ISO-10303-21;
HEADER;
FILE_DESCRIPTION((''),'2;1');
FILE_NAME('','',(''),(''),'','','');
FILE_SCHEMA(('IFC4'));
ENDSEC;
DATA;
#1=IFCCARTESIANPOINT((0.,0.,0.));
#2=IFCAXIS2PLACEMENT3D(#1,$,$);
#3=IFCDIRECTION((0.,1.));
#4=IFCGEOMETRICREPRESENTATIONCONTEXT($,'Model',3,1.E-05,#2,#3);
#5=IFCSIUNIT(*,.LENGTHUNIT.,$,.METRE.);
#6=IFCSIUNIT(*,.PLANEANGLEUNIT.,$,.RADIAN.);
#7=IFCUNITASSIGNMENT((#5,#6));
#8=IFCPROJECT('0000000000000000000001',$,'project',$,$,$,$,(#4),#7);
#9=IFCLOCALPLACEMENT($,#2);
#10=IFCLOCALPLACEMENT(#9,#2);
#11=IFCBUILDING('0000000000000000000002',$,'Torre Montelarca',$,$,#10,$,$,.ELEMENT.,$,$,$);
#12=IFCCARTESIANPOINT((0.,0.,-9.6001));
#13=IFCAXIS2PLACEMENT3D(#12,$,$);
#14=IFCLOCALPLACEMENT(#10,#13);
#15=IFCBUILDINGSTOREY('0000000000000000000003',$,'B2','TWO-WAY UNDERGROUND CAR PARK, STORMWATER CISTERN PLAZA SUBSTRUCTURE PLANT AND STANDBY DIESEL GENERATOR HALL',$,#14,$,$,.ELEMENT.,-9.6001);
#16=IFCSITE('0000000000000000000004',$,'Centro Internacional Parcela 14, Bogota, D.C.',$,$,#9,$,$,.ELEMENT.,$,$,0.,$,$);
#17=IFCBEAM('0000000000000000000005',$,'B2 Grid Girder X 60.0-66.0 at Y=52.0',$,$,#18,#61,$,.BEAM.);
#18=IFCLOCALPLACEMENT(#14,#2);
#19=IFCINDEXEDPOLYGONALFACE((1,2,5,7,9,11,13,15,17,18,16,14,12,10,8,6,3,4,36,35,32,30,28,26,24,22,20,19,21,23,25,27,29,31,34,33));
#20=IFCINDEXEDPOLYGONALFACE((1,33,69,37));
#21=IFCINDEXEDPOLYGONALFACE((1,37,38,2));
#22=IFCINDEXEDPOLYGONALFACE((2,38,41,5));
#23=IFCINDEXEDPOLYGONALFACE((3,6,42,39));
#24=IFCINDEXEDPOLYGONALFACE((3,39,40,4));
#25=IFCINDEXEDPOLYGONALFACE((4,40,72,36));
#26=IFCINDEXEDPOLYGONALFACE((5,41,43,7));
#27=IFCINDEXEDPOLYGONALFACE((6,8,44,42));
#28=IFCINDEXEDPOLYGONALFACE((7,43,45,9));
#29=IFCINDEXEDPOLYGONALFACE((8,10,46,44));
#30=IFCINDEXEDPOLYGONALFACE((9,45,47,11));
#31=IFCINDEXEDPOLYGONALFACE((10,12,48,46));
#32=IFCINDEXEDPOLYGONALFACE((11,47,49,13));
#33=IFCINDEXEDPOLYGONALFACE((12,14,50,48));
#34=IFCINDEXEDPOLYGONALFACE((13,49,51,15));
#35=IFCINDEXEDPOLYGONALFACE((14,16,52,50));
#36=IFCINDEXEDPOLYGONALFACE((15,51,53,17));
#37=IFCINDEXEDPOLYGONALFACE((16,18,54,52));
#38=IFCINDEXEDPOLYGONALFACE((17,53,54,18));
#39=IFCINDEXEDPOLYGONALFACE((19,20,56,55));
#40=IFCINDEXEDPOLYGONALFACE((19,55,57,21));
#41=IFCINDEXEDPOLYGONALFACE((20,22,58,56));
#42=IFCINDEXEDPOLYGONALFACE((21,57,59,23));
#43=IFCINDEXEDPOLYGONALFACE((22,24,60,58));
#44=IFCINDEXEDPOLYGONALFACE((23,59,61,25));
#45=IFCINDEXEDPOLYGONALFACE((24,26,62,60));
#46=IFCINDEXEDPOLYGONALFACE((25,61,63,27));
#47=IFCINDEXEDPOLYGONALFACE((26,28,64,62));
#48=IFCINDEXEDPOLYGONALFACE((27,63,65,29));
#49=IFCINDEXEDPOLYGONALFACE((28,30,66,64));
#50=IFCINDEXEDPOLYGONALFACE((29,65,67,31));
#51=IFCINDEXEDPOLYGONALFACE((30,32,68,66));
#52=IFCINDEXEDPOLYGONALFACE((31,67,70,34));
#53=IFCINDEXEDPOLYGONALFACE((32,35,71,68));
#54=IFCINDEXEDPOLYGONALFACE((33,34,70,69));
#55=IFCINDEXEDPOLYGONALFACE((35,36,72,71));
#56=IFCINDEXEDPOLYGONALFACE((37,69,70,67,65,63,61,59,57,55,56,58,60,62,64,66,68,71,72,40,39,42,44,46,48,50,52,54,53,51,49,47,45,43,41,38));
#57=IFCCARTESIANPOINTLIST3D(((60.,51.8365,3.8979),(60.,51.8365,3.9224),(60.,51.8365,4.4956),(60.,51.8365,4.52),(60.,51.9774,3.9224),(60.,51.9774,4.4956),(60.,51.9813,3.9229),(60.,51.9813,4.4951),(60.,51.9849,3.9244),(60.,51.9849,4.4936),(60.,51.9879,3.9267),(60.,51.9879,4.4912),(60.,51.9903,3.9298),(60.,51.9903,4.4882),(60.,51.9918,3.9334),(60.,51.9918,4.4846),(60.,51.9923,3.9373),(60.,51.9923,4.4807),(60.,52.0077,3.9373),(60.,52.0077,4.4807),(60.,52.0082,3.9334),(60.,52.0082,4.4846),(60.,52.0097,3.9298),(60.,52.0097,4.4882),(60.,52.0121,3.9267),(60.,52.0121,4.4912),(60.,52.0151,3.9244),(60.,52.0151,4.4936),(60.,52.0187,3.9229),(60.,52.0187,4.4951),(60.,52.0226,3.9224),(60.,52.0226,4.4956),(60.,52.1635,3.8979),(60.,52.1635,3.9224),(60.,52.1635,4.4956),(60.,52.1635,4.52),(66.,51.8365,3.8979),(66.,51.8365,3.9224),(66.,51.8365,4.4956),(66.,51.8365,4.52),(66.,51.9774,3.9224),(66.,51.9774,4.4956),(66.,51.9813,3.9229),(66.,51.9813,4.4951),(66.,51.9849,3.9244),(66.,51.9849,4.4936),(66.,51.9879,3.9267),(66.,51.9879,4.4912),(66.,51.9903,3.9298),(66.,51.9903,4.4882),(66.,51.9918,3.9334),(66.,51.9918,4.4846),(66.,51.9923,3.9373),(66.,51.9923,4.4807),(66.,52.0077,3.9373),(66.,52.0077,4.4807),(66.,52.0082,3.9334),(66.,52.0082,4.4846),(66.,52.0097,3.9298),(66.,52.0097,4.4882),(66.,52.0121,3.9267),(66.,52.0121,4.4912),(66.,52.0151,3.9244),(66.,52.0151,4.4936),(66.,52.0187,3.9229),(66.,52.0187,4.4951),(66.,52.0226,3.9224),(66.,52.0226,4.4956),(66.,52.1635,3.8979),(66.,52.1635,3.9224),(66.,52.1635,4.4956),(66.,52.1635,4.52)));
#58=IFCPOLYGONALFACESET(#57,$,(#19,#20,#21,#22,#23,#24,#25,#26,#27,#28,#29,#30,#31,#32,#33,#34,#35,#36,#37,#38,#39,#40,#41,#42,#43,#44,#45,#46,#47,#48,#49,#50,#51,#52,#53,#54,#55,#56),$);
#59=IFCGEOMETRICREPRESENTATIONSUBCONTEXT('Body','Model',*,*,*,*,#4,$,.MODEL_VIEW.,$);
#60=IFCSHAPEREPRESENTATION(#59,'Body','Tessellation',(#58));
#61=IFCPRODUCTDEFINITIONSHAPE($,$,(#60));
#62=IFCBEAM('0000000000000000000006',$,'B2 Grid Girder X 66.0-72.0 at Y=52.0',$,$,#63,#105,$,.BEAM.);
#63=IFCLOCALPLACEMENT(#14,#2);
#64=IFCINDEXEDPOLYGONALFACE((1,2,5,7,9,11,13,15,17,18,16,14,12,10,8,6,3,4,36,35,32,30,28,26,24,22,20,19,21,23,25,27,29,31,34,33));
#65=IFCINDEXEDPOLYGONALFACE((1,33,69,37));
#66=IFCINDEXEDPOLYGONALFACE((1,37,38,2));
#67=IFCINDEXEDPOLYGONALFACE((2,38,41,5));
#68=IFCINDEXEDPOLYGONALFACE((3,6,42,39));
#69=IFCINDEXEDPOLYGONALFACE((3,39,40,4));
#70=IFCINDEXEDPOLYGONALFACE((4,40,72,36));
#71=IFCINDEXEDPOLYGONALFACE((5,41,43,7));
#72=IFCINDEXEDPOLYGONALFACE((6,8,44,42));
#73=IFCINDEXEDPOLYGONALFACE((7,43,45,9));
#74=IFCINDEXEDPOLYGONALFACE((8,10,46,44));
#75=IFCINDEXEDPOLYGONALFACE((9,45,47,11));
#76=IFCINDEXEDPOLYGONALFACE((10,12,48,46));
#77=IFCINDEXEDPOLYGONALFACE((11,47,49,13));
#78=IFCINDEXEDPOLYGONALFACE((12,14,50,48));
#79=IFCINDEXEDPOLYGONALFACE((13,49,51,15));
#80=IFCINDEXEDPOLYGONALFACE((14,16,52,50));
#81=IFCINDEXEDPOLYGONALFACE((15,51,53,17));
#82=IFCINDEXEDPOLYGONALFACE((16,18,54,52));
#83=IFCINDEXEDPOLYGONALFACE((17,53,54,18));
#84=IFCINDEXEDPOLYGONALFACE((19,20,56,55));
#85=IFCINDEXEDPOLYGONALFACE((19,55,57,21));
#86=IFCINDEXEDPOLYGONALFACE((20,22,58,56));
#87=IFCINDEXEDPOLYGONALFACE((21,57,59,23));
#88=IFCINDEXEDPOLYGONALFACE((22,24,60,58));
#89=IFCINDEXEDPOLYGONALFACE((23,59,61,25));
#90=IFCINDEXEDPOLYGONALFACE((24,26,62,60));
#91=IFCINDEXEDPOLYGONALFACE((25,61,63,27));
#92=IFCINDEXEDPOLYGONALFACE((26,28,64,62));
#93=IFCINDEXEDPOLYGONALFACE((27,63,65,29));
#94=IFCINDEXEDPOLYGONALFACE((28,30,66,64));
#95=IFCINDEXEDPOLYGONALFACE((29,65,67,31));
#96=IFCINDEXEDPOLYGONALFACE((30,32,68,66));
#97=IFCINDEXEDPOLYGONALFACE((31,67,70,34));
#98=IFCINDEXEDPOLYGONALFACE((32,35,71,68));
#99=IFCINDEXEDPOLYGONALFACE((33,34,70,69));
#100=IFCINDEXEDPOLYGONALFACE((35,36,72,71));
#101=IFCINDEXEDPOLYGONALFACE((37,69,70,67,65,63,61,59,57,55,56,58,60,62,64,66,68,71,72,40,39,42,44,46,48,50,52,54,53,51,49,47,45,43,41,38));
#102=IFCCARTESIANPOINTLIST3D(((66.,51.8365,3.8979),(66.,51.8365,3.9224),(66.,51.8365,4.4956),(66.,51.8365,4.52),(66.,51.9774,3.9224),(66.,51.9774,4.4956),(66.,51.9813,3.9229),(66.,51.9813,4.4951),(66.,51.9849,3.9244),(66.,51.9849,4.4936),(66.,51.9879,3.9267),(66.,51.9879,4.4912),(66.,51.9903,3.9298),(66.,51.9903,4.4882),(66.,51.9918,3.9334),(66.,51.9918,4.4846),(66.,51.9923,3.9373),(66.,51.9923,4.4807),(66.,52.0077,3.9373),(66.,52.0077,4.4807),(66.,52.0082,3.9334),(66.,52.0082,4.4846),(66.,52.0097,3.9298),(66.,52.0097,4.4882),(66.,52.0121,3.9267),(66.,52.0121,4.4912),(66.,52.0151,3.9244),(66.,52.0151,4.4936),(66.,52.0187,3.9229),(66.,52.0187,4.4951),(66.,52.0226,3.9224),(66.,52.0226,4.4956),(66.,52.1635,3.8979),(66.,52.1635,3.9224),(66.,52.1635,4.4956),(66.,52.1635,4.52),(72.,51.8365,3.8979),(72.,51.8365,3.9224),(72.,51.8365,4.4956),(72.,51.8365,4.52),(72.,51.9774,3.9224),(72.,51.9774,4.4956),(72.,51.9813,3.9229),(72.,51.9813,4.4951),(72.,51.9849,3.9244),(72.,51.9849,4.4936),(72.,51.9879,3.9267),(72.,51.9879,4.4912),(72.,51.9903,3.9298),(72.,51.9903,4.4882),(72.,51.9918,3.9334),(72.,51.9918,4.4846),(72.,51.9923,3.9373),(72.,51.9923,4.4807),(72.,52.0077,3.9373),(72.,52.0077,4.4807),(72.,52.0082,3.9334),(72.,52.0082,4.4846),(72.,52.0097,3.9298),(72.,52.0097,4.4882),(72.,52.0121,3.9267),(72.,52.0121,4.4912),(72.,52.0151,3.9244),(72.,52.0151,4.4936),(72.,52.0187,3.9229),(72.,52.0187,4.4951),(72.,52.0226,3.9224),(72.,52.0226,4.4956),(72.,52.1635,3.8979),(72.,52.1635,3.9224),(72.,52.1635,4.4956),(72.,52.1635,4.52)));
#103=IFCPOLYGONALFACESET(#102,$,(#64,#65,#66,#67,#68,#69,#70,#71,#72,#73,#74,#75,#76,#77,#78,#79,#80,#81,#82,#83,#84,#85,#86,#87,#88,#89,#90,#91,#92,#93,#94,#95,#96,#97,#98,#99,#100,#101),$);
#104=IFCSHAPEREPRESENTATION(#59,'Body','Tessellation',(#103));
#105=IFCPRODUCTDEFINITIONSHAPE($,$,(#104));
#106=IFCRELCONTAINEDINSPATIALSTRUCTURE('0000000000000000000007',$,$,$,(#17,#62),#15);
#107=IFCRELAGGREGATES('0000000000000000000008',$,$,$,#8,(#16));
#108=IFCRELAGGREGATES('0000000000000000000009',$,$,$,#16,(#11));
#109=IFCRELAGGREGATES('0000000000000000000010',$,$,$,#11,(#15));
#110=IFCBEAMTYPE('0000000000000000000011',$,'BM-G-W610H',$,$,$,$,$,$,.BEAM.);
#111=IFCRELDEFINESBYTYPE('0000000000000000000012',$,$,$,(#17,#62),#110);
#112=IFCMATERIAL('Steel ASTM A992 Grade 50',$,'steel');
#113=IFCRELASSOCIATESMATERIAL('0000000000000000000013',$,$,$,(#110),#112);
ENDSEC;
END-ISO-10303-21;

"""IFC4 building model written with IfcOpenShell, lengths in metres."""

from ifc_helpers import new_model, si_unit, direction, frame, origin, origin_2d, place, context, subcontext, project, spatial, i_section, extrude, source, transform, mapped, material, material_profile, profile_set, type_object, element, save


model = new_model("IFC4")

# Units and contexts
model_context = context("Model", 3, precision=1e-05, world=origin(), true_north=direction((0.0, 1.0)))
body_context = subcontext(model_context, "Body", "Model", "MODEL_VIEW")
ifc_project = project(units=[si_unit("LENGTHUNIT", "METRE"), si_unit("PLANEANGLEUNIT", "RADIAN")], contexts=[model_context])

# Site, building, storey
site_placement = place(None, origin())
site = spatial("IfcSite", under=ifc_project, at=site_placement, Name="Centro Internacional Parcela 14, Bogota, D.C.", CompositionType="ELEMENT", RefElevation=0.0)
building_placement = place(site_placement, origin())
building = spatial("IfcBuilding", under=site, at=building_placement, Name="Torre Montelarca", CompositionType="ELEMENT")
storey_placement = place(building_placement, frame((0.0, 0.0, -9.6001)))
storey = spatial("IfcBuildingStorey", under=building, at=storey_placement, Name="B2", Description="TWO-WAY UNDERGROUND CAR PARK, STORMWATER CISTERN PLAZA SUBSTRUCTURE PLANT AND STANDBY DIESEL GENERATOR HALL", CompositionType="ELEMENT", Elevation=-9.6001)

# Beams
ifc_material_1 = material(Name="Steel ASTM A992 Grade 50", Category="steel")
ifc_material_profile_1 = material_profile(ifc_material_1, i_section(OverallWidth=0.3269, OverallDepth=0.6221, WebThickness=0.0154, FlangeThickness=0.0244, FilletRadius=0.0149, at=origin_2d()), Name="W610X195", Category="steel")
ifc_profile_set_1 = profile_set([ifc_material_profile_1], Name="Steel ASTM A992 Grade 50")
beam_type_1 = type_object("IfcBeamType", Name="BM-G-W610H", PredefinedType="BEAM", material=ifc_profile_set_1)
shared_shape_1 = source(origin(), body_context, "Body", "SweptSolid", [
    extrude(i_section(OverallWidth=0.3269, OverallDepth=0.6221, WebThickness=0.0154, FlangeThickness=0.0244, FilletRadius=0.0149, at=origin_2d()), origin(), (0.0, 0.0, 1.0), 6.0),
])
for number, where, z_axis, x_axis, name in (
    (1, (60.0, 52.0, 4.209), (1.0, 0.0, 0.0), (0.0, 1.0, 0.0), "B2 Grid Girder X 60.0-66.0 at Y=52.0"),
    (2, (66.0, 52.0, 4.209), (1.0, 0.0, 0.0), (0.0, 1.0, 0.0), "B2 Grid Girder X 66.0-72.0 at Y=52.0"),
):
    element("IfcBeam", number, at=place(storey_placement, frame(where, z_axis=z_axis, x_axis=x_axis)), inside=storey, type_object=beam_type_1, Name=name, PredefinedType="BEAM", context=body_context, shape_type="MappedRepresentation", body=[
        mapped(shared_shape_1, transform((0.0, 0.0, 0.0), scale=1.0)),
    ])

save(model, "model.ifc")
